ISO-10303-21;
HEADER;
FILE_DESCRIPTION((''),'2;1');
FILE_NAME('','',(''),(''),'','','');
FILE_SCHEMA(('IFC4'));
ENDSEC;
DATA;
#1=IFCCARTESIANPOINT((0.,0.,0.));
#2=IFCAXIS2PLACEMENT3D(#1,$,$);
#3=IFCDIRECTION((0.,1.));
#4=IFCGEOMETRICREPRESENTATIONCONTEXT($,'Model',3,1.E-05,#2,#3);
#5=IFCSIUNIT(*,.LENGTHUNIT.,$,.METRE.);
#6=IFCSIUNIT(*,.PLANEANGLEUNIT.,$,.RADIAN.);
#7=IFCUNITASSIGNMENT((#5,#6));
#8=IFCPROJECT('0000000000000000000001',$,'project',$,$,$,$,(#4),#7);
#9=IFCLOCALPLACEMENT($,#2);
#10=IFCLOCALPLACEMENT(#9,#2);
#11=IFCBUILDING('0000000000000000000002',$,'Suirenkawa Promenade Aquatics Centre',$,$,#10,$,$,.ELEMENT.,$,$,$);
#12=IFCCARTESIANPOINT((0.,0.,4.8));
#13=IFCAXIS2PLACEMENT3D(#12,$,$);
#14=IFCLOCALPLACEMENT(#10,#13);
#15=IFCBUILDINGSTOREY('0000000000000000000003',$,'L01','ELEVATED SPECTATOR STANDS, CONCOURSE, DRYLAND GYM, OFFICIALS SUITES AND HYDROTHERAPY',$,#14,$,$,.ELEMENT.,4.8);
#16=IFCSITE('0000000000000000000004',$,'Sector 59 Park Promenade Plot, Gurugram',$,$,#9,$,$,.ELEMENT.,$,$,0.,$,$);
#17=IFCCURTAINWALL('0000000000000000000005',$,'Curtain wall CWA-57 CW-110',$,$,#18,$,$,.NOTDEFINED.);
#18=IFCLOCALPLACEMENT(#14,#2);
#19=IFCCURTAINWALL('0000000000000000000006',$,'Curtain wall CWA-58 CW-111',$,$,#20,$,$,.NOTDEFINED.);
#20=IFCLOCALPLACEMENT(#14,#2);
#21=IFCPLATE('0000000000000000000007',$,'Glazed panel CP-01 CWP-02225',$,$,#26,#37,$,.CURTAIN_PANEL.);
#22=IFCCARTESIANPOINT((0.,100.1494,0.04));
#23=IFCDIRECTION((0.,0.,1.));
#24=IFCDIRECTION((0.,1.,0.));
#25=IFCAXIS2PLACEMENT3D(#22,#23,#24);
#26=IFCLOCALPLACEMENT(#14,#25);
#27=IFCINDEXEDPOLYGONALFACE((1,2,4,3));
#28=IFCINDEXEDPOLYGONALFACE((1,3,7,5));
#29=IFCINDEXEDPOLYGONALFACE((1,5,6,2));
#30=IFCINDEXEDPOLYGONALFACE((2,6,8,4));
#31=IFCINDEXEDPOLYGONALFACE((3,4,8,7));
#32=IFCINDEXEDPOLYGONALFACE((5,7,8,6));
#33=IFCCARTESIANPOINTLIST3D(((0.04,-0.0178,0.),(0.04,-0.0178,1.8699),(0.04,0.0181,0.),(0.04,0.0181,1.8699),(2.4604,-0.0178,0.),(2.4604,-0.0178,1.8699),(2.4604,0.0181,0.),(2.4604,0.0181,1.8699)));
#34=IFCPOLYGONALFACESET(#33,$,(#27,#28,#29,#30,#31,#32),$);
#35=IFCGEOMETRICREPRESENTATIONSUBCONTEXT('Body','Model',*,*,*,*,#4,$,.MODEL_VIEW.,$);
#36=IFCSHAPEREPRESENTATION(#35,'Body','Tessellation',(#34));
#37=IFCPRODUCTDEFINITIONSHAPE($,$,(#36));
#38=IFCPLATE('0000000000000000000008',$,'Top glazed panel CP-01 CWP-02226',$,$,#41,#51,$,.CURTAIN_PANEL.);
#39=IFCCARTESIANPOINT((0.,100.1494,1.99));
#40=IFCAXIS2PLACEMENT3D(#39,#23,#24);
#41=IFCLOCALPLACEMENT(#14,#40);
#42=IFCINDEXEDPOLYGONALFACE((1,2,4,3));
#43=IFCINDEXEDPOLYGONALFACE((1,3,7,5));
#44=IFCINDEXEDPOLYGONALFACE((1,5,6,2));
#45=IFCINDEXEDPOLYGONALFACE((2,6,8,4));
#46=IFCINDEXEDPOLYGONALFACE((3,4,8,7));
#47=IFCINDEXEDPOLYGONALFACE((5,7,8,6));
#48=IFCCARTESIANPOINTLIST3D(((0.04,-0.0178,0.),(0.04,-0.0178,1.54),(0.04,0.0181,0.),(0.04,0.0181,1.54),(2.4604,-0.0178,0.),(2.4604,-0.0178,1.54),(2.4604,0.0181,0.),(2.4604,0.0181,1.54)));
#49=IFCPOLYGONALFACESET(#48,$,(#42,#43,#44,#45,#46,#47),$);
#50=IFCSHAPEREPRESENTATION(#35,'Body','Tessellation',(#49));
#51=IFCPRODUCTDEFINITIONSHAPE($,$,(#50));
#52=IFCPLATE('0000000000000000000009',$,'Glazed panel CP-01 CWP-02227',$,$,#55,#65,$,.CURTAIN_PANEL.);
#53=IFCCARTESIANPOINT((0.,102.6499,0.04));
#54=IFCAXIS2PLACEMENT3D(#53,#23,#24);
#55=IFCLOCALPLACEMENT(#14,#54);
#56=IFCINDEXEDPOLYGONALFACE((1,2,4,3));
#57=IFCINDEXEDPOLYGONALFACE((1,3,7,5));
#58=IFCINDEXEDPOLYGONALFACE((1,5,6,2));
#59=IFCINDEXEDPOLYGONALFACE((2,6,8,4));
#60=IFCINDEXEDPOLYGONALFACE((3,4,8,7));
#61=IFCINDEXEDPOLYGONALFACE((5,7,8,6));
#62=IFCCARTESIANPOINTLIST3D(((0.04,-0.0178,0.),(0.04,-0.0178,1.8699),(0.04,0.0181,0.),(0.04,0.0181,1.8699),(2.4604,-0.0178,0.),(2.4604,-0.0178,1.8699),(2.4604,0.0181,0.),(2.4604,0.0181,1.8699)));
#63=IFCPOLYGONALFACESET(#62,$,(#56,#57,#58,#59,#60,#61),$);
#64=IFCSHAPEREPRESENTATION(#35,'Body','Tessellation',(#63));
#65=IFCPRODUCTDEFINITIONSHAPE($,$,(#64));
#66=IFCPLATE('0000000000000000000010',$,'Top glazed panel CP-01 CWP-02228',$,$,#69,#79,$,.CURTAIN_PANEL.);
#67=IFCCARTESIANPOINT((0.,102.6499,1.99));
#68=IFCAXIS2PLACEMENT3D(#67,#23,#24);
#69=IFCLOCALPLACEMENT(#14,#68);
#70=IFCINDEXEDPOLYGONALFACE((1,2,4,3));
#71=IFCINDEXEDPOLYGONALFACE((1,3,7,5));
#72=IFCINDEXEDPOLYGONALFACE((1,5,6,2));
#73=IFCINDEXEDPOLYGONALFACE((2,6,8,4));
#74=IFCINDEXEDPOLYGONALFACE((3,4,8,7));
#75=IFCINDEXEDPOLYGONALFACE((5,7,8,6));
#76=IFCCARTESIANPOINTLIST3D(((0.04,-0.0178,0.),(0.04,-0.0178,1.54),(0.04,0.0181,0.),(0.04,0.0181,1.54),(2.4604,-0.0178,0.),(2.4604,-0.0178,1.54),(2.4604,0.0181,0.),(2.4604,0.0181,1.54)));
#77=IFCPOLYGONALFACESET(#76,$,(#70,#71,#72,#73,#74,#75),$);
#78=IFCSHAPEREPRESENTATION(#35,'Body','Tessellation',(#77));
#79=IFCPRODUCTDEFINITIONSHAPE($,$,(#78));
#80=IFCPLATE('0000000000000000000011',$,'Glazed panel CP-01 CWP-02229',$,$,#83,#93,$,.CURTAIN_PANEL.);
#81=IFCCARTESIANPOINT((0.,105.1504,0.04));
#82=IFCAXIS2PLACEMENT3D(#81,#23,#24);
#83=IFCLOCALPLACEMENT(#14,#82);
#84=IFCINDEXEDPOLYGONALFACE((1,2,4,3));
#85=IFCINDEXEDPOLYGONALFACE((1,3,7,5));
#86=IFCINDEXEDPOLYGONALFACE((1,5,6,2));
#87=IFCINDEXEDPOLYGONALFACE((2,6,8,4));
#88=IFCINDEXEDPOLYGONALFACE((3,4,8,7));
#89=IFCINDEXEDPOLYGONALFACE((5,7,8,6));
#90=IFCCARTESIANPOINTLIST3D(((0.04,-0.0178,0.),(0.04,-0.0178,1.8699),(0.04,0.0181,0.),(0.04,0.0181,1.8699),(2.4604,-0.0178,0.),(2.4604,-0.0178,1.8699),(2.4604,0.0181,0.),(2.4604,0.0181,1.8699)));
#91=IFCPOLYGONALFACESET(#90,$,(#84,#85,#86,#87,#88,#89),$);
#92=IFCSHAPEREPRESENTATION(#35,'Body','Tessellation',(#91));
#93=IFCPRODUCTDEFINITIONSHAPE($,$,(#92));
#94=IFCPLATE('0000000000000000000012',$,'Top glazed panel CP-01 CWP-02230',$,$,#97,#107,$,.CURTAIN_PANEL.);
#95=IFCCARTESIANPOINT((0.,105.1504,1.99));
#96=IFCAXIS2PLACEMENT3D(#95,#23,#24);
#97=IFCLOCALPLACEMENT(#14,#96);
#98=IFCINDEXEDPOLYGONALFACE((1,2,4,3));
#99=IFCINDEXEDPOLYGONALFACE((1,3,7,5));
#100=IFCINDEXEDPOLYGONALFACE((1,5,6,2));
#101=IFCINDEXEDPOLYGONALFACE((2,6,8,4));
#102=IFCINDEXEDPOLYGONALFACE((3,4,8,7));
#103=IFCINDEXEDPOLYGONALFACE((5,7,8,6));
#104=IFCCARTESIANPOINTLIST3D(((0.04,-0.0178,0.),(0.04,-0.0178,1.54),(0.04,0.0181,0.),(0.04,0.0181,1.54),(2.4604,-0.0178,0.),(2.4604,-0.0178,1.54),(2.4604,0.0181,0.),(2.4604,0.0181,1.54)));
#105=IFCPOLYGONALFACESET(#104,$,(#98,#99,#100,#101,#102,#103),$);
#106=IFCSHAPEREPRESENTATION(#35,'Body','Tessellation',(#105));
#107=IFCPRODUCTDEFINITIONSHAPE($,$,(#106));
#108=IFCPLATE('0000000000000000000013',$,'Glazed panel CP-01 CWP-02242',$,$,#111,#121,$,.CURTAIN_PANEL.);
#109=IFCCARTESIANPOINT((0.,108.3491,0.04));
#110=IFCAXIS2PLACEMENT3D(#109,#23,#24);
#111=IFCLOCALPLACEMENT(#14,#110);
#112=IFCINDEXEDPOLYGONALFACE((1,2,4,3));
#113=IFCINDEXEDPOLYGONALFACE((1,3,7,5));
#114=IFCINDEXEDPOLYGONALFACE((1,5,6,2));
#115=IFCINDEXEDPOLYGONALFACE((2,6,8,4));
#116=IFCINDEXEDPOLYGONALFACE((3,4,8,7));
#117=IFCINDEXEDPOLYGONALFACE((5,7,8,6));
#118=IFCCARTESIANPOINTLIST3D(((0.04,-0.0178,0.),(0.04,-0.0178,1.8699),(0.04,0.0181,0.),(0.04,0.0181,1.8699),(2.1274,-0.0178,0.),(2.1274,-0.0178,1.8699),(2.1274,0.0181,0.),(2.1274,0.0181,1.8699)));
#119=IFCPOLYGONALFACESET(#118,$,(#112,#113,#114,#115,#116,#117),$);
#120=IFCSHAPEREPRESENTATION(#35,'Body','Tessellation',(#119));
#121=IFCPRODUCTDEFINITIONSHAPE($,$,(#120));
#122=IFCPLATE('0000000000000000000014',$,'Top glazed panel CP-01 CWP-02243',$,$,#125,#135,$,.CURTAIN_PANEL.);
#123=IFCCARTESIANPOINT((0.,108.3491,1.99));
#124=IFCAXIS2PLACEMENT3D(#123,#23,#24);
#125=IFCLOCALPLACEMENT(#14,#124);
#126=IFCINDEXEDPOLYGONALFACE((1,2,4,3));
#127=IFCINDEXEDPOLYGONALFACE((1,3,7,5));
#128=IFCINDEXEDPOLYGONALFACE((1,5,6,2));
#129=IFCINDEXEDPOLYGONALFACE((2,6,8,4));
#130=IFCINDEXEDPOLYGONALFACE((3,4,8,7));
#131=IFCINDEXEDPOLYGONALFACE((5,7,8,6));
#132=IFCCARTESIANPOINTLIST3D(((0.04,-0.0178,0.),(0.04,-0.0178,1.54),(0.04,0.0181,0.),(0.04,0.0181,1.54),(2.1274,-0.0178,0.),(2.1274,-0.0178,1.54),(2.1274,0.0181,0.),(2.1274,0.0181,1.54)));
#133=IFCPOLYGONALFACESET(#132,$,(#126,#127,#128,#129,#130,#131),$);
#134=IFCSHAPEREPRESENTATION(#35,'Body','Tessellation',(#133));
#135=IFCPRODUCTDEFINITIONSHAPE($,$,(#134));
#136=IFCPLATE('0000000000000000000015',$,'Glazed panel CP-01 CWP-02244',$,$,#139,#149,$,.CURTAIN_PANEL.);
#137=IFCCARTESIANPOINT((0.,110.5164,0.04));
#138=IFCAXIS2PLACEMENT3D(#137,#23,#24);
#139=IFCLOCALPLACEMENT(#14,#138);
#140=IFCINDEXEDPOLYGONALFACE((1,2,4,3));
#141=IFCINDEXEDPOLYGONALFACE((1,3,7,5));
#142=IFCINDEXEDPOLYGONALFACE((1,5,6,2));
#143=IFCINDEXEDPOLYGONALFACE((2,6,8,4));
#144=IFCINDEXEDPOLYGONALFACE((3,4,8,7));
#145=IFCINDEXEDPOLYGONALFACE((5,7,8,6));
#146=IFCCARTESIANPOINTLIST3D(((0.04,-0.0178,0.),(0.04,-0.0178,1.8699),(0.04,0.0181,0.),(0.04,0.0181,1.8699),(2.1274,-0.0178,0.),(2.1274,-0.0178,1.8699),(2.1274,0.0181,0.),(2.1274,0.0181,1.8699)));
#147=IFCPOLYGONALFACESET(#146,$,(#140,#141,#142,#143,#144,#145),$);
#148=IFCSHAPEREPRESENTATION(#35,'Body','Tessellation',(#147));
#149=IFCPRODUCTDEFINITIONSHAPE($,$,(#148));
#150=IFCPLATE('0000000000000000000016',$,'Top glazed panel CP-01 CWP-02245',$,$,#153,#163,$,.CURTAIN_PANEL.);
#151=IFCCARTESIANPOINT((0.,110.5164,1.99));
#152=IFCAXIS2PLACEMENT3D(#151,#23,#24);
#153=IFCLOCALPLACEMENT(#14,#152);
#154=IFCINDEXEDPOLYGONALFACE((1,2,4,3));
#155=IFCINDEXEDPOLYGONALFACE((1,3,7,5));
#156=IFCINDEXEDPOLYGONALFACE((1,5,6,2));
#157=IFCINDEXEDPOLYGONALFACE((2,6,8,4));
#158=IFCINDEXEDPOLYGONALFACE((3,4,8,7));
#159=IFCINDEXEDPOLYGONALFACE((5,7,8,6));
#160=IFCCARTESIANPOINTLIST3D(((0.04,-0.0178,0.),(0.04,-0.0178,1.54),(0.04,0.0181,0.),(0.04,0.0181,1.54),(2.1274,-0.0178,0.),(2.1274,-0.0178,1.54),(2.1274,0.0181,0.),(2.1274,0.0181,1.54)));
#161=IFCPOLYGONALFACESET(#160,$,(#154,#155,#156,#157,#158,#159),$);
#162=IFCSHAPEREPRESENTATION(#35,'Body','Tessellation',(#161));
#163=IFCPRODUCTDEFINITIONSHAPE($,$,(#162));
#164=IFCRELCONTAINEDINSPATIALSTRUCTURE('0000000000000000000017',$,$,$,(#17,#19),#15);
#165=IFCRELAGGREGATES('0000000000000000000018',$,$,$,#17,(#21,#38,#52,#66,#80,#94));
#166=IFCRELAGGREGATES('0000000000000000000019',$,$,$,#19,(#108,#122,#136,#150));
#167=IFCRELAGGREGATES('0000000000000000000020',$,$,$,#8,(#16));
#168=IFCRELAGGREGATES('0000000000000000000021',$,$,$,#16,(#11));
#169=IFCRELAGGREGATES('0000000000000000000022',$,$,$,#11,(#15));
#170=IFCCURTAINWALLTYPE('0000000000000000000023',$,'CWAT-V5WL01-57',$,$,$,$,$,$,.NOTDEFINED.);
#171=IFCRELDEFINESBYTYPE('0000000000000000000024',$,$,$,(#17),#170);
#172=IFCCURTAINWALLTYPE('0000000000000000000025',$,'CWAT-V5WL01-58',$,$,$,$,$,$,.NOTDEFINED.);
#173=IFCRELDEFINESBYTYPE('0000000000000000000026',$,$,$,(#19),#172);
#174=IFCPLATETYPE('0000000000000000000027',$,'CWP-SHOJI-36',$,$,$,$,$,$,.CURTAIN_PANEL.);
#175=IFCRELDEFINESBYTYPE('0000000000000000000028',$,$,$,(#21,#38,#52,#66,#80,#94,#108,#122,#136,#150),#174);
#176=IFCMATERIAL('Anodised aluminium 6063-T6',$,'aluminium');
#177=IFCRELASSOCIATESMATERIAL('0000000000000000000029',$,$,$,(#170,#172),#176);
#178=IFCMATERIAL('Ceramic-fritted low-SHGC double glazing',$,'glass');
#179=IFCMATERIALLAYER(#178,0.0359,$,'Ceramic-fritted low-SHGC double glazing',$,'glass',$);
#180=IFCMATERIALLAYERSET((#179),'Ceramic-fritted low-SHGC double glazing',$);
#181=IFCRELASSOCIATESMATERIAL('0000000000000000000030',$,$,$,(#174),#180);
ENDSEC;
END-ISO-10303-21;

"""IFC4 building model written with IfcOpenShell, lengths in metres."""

from ifc_helpers import new_model, si_unit, direction, frame, origin, place, context, subcontext, project, spatial, polyline, outline, extrude, material, layer, layer_set, type_object, element, aggregate, save


model = new_model("IFC4")

# Units and contexts
model_context = context("Model", 3, precision=1e-05, world=origin(), true_north=direction((0.0, 1.0)))
body_context = subcontext(model_context, "Body", "Model", "MODEL_VIEW")
ifc_project = project(units=[si_unit("LENGTHUNIT", "METRE"), si_unit("PLANEANGLEUNIT", "RADIAN")], contexts=[model_context])

# Site, building, storey
site_placement = place(None, origin())
site = spatial("IfcSite", under=ifc_project, at=site_placement, Name="Sector 59 Park Promenade Plot, Gurugram", CompositionType="ELEMENT", RefElevation=0.0)
building_placement = place(site_placement, origin())
building = spatial("IfcBuilding", under=site, at=building_placement, Name="Suirenkawa Promenade Aquatics Centre", CompositionType="ELEMENT")
storey_placement = place(building_placement, frame((0.0, 0.0, 4.8)))
storey = spatial("IfcBuildingStorey", under=building, at=storey_placement, Name="L01", Description="ELEVATED SPECTATOR STANDS, CONCOURSE, DRYLAND GYM, OFFICIALS SUITES AND HYDROTHERAPY", CompositionType="ELEMENT", Elevation=4.8)

# Curtain walls
ifc_material_1 = material(Name="Anodised aluminium 6063-T6", Category="aluminium")
curtain_wall_type_1 = type_object("IfcCurtainWallType", Name="CWAT-V5WL01-57", PredefinedType="NOTDEFINED", material=ifc_material_1)
curtain_wall_1_placement = place(storey_placement, origin())
curtain_wall_1 = element("IfcCurtainWall", 1, at=curtain_wall_1_placement, inside=storey, type_object=curtain_wall_type_1, Name="Curtain wall CWA-57 CW-110", PredefinedType="NOTDEFINED")
curtain_wall_type_2 = type_object("IfcCurtainWallType", Name="CWAT-V5WL01-58", PredefinedType="NOTDEFINED", material=ifc_material_1)
curtain_wall_2_placement = place(storey_placement, origin())
curtain_wall_2 = element("IfcCurtainWall", 2, at=curtain_wall_2_placement, inside=storey, type_object=curtain_wall_type_2, Name="Curtain wall CWA-58 CW-111", PredefinedType="NOTDEFINED")

# Plates
ifc_material_2 = material(Name="Ceramic-fritted low-SHGC double glazing", Category="glass")
ifc_layer_1 = layer(ifc_material_2, 0.0359, Name="Ceramic-fritted low-SHGC double glazing", Category="glass")
ifc_layer_set_1 = layer_set([ifc_layer_1], Name="Ceramic-fritted low-SHGC double glazing")
plate_type = type_object("IfcPlateType", Name="CWP-SHOJI-36", PredefinedType="CURTAIN_PANEL", material=ifc_layer_set_1)
plate_1_placement = place(storey_placement, frame((0.0, 100.1494, 0.04), z_axis=(0.0, 0.0, 1.0), x_axis=(0.0, 1.0, 0.0)))
plate_1 = element("IfcPlate", 3, at=plate_1_placement, type_object=plate_type, Name="Glazed panel CP-01 CWP-02225", PredefinedType="CURTAIN_PANEL", context=body_context, shape_type="SweptSolid", body=[
    extrude(outline(polyline([(0.04, 0.0), (2.4604, 0.0), (2.4604, 1.8699), (0.04, 1.8699), (0.04, 0.0)])), frame((0.0, 0.0181, 0.0), z_axis=(0.0, -1.0, 0.0), x_axis=(1.0, 0.0, 0.0)), (0.0, 0.0, 1.0), 0.0359),
])
plate_2_placement = place(storey_placement, frame((0.0, 100.1494, 1.99), z_axis=(0.0, 0.0, 1.0), x_axis=(0.0, 1.0, 0.0)))
plate_2 = element("IfcPlate", 4, at=plate_2_placement, type_object=plate_type, Name="Top glazed panel CP-01 CWP-02226", PredefinedType="CURTAIN_PANEL", context=body_context, shape_type="SweptSolid", body=[
    extrude(outline(polyline([(0.04, 0.0), (2.4604, 0.0), (2.4604, 1.54), (0.04, 1.54), (0.04, 0.0)])), frame((0.0, 0.0181, 0.0), z_axis=(0.0, -1.0, 0.0), x_axis=(1.0, 0.0, 0.0)), (0.0, 0.0, 1.0), 0.0359),
])
plate_3_placement = place(storey_placement, frame((0.0, 102.6499, 0.04), z_axis=(0.0, 0.0, 1.0), x_axis=(0.0, 1.0, 0.0)))
plate_3 = element("IfcPlate", 5, at=plate_3_placement, type_object=plate_type, Name="Glazed panel CP-01 CWP-02227", PredefinedType="CURTAIN_PANEL", context=body_context, shape_type="SweptSolid", body=[
    extrude(outline(polyline([(0.04, 0.0), (2.4604, 0.0), (2.4604, 1.8699), (0.04, 1.8699), (0.04, 0.0)])), frame((0.0, 0.0181, 0.0), z_axis=(0.0, -1.0, 0.0), x_axis=(1.0, 0.0, 0.0)), (0.0, 0.0, 1.0), 0.0359),
])
plate_4_placement = place(storey_placement, frame((0.0, 102.6499, 1.99), z_axis=(0.0, 0.0, 1.0), x_axis=(0.0, 1.0, 0.0)))
plate_4 = element("IfcPlate", 6, at=plate_4_placement, type_object=plate_type, Name="Top glazed panel CP-01 CWP-02228", PredefinedType="CURTAIN_PANEL", context=body_context, shape_type="SweptSolid", body=[
    extrude(outline(polyline([(0.04, 0.0), (2.4604, 0.0), (2.4604, 1.54), (0.04, 1.54), (0.04, 0.0)])), frame((0.0, 0.0181, 0.0), z_axis=(0.0, -1.0, 0.0), x_axis=(1.0, 0.0, 0.0)), (0.0, 0.0, 1.0), 0.0359),
])
plate_5_placement = place(storey_placement, frame((0.0, 105.1504, 0.04), z_axis=(0.0, 0.0, 1.0), x_axis=(0.0, 1.0, 0.0)))
plate_5 = element("IfcPlate", 7, at=plate_5_placement, type_object=plate_type, Name="Glazed panel CP-01 CWP-02229", PredefinedType="CURTAIN_PANEL", context=body_context, shape_type="SweptSolid", body=[
    extrude(outline(polyline([(0.04, 0.0), (2.4604, 0.0), (2.4604, 1.8699), (0.04, 1.8699), (0.04, 0.0)])), frame((0.0, 0.0181, 0.0), z_axis=(0.0, -1.0, 0.0), x_axis=(1.0, 0.0, 0.0)), (0.0, 0.0, 1.0), 0.0359),
])
plate_6_placement = place(storey_placement, frame((0.0, 105.1504, 1.99), z_axis=(0.0, 0.0, 1.0), x_axis=(0.0, 1.0, 0.0)))
plate_6 = element("IfcPlate", 8, at=plate_6_placement, type_object=plate_type, Name="Top glazed panel CP-01 CWP-02230", PredefinedType="CURTAIN_PANEL", context=body_context, shape_type="SweptSolid", body=[
    extrude(outline(polyline([(0.04, 0.0), (2.4604, 0.0), (2.4604, 1.54), (0.04, 1.54), (0.04, 0.0)])), frame((0.0, 0.0181, 0.0), z_axis=(0.0, -1.0, 0.0), x_axis=(1.0, 0.0, 0.0)), (0.0, 0.0, 1.0), 0.0359),
])
aggregate(curtain_wall_1, [plate_1, plate_2, plate_3, plate_4, plate_5, plate_6])
plate_7_placement = place(storey_placement, frame((0.0, 108.3491, 0.04), z_axis=(0.0, 0.0, 1.0), x_axis=(0.0, 1.0, 0.0)))
plate_7 = element("IfcPlate", 9, at=plate_7_placement, type_object=plate_type, Name="Glazed panel CP-01 CWP-02242", PredefinedType="CURTAIN_PANEL", context=body_context, shape_type="SweptSolid", body=[
    extrude(outline(polyline([(0.04, 0.0), (2.1274, 0.0), (2.1274, 1.8699), (0.04, 1.8699), (0.04, 0.0)])), frame((0.0, 0.0181, 0.0), z_axis=(0.0, -1.0, 0.0), x_axis=(1.0, 0.0, 0.0)), (0.0, 0.0, 1.0), 0.0359),
])
plate_8_placement = place(storey_placement, frame((0.0, 108.3491, 1.99), z_axis=(0.0, 0.0, 1.0), x_axis=(0.0, 1.0, 0.0)))
plate_8 = element("IfcPlate", 10, at=plate_8_placement, type_object=plate_type, Name="Top glazed panel CP-01 CWP-02243", PredefinedType="CURTAIN_PANEL", context=body_context, shape_type="SweptSolid", body=[
    extrude(outline(polyline([(0.04, 0.0), (2.1274, 0.0), (2.1274, 1.54), (0.04, 1.54), (0.04, 0.0)])), frame((0.0, 0.0181, 0.0), z_axis=(0.0, -1.0, 0.0), x_axis=(1.0, 0.0, 0.0)), (0.0, 0.0, 1.0), 0.0359),
])
plate_9_placement = place(storey_placement, frame((0.0, 110.5164, 0.04), z_axis=(0.0, 0.0, 1.0), x_axis=(0.0, 1.0, 0.0)))
plate_9 = element("IfcPlate", 11, at=plate_9_placement, type_object=plate_type, Name="Glazed panel CP-01 CWP-02244", PredefinedType="CURTAIN_PANEL", context=body_context, shape_type="SweptSolid", body=[
    extrude(outline(polyline([(0.04, 0.0), (2.1274, 0.0), (2.1274, 1.8699), (0.04, 1.8699), (0.04, 0.0)])), frame((0.0, 0.0181, 0.0), z_axis=(0.0, -1.0, 0.0), x_axis=(1.0, 0.0, 0.0)), (0.0, 0.0, 1.0), 0.0359),
])
plate_10_placement = place(storey_placement, frame((0.0, 110.5164, 1.99), z_axis=(0.0, 0.0, 1.0), x_axis=(0.0, 1.0, 0.0)))
plate_10 = element("IfcPlate", 12, at=plate_10_placement, type_object=plate_type, Name="Top glazed panel CP-01 CWP-02245", PredefinedType="CURTAIN_PANEL", context=body_context, shape_type="SweptSolid", body=[
    extrude(outline(polyline([(0.04, 0.0), (2.1274, 0.0), (2.1274, 1.54), (0.04, 1.54), (0.04, 0.0)])), frame((0.0, 0.0181, 0.0), z_axis=(0.0, -1.0, 0.0), x_axis=(1.0, 0.0, 0.0)), (0.0, 0.0, 1.0), 0.0359),
])
aggregate(curtain_wall_2, [plate_7, plate_8, plate_9, plate_10])

save(model, "model.ifc")
